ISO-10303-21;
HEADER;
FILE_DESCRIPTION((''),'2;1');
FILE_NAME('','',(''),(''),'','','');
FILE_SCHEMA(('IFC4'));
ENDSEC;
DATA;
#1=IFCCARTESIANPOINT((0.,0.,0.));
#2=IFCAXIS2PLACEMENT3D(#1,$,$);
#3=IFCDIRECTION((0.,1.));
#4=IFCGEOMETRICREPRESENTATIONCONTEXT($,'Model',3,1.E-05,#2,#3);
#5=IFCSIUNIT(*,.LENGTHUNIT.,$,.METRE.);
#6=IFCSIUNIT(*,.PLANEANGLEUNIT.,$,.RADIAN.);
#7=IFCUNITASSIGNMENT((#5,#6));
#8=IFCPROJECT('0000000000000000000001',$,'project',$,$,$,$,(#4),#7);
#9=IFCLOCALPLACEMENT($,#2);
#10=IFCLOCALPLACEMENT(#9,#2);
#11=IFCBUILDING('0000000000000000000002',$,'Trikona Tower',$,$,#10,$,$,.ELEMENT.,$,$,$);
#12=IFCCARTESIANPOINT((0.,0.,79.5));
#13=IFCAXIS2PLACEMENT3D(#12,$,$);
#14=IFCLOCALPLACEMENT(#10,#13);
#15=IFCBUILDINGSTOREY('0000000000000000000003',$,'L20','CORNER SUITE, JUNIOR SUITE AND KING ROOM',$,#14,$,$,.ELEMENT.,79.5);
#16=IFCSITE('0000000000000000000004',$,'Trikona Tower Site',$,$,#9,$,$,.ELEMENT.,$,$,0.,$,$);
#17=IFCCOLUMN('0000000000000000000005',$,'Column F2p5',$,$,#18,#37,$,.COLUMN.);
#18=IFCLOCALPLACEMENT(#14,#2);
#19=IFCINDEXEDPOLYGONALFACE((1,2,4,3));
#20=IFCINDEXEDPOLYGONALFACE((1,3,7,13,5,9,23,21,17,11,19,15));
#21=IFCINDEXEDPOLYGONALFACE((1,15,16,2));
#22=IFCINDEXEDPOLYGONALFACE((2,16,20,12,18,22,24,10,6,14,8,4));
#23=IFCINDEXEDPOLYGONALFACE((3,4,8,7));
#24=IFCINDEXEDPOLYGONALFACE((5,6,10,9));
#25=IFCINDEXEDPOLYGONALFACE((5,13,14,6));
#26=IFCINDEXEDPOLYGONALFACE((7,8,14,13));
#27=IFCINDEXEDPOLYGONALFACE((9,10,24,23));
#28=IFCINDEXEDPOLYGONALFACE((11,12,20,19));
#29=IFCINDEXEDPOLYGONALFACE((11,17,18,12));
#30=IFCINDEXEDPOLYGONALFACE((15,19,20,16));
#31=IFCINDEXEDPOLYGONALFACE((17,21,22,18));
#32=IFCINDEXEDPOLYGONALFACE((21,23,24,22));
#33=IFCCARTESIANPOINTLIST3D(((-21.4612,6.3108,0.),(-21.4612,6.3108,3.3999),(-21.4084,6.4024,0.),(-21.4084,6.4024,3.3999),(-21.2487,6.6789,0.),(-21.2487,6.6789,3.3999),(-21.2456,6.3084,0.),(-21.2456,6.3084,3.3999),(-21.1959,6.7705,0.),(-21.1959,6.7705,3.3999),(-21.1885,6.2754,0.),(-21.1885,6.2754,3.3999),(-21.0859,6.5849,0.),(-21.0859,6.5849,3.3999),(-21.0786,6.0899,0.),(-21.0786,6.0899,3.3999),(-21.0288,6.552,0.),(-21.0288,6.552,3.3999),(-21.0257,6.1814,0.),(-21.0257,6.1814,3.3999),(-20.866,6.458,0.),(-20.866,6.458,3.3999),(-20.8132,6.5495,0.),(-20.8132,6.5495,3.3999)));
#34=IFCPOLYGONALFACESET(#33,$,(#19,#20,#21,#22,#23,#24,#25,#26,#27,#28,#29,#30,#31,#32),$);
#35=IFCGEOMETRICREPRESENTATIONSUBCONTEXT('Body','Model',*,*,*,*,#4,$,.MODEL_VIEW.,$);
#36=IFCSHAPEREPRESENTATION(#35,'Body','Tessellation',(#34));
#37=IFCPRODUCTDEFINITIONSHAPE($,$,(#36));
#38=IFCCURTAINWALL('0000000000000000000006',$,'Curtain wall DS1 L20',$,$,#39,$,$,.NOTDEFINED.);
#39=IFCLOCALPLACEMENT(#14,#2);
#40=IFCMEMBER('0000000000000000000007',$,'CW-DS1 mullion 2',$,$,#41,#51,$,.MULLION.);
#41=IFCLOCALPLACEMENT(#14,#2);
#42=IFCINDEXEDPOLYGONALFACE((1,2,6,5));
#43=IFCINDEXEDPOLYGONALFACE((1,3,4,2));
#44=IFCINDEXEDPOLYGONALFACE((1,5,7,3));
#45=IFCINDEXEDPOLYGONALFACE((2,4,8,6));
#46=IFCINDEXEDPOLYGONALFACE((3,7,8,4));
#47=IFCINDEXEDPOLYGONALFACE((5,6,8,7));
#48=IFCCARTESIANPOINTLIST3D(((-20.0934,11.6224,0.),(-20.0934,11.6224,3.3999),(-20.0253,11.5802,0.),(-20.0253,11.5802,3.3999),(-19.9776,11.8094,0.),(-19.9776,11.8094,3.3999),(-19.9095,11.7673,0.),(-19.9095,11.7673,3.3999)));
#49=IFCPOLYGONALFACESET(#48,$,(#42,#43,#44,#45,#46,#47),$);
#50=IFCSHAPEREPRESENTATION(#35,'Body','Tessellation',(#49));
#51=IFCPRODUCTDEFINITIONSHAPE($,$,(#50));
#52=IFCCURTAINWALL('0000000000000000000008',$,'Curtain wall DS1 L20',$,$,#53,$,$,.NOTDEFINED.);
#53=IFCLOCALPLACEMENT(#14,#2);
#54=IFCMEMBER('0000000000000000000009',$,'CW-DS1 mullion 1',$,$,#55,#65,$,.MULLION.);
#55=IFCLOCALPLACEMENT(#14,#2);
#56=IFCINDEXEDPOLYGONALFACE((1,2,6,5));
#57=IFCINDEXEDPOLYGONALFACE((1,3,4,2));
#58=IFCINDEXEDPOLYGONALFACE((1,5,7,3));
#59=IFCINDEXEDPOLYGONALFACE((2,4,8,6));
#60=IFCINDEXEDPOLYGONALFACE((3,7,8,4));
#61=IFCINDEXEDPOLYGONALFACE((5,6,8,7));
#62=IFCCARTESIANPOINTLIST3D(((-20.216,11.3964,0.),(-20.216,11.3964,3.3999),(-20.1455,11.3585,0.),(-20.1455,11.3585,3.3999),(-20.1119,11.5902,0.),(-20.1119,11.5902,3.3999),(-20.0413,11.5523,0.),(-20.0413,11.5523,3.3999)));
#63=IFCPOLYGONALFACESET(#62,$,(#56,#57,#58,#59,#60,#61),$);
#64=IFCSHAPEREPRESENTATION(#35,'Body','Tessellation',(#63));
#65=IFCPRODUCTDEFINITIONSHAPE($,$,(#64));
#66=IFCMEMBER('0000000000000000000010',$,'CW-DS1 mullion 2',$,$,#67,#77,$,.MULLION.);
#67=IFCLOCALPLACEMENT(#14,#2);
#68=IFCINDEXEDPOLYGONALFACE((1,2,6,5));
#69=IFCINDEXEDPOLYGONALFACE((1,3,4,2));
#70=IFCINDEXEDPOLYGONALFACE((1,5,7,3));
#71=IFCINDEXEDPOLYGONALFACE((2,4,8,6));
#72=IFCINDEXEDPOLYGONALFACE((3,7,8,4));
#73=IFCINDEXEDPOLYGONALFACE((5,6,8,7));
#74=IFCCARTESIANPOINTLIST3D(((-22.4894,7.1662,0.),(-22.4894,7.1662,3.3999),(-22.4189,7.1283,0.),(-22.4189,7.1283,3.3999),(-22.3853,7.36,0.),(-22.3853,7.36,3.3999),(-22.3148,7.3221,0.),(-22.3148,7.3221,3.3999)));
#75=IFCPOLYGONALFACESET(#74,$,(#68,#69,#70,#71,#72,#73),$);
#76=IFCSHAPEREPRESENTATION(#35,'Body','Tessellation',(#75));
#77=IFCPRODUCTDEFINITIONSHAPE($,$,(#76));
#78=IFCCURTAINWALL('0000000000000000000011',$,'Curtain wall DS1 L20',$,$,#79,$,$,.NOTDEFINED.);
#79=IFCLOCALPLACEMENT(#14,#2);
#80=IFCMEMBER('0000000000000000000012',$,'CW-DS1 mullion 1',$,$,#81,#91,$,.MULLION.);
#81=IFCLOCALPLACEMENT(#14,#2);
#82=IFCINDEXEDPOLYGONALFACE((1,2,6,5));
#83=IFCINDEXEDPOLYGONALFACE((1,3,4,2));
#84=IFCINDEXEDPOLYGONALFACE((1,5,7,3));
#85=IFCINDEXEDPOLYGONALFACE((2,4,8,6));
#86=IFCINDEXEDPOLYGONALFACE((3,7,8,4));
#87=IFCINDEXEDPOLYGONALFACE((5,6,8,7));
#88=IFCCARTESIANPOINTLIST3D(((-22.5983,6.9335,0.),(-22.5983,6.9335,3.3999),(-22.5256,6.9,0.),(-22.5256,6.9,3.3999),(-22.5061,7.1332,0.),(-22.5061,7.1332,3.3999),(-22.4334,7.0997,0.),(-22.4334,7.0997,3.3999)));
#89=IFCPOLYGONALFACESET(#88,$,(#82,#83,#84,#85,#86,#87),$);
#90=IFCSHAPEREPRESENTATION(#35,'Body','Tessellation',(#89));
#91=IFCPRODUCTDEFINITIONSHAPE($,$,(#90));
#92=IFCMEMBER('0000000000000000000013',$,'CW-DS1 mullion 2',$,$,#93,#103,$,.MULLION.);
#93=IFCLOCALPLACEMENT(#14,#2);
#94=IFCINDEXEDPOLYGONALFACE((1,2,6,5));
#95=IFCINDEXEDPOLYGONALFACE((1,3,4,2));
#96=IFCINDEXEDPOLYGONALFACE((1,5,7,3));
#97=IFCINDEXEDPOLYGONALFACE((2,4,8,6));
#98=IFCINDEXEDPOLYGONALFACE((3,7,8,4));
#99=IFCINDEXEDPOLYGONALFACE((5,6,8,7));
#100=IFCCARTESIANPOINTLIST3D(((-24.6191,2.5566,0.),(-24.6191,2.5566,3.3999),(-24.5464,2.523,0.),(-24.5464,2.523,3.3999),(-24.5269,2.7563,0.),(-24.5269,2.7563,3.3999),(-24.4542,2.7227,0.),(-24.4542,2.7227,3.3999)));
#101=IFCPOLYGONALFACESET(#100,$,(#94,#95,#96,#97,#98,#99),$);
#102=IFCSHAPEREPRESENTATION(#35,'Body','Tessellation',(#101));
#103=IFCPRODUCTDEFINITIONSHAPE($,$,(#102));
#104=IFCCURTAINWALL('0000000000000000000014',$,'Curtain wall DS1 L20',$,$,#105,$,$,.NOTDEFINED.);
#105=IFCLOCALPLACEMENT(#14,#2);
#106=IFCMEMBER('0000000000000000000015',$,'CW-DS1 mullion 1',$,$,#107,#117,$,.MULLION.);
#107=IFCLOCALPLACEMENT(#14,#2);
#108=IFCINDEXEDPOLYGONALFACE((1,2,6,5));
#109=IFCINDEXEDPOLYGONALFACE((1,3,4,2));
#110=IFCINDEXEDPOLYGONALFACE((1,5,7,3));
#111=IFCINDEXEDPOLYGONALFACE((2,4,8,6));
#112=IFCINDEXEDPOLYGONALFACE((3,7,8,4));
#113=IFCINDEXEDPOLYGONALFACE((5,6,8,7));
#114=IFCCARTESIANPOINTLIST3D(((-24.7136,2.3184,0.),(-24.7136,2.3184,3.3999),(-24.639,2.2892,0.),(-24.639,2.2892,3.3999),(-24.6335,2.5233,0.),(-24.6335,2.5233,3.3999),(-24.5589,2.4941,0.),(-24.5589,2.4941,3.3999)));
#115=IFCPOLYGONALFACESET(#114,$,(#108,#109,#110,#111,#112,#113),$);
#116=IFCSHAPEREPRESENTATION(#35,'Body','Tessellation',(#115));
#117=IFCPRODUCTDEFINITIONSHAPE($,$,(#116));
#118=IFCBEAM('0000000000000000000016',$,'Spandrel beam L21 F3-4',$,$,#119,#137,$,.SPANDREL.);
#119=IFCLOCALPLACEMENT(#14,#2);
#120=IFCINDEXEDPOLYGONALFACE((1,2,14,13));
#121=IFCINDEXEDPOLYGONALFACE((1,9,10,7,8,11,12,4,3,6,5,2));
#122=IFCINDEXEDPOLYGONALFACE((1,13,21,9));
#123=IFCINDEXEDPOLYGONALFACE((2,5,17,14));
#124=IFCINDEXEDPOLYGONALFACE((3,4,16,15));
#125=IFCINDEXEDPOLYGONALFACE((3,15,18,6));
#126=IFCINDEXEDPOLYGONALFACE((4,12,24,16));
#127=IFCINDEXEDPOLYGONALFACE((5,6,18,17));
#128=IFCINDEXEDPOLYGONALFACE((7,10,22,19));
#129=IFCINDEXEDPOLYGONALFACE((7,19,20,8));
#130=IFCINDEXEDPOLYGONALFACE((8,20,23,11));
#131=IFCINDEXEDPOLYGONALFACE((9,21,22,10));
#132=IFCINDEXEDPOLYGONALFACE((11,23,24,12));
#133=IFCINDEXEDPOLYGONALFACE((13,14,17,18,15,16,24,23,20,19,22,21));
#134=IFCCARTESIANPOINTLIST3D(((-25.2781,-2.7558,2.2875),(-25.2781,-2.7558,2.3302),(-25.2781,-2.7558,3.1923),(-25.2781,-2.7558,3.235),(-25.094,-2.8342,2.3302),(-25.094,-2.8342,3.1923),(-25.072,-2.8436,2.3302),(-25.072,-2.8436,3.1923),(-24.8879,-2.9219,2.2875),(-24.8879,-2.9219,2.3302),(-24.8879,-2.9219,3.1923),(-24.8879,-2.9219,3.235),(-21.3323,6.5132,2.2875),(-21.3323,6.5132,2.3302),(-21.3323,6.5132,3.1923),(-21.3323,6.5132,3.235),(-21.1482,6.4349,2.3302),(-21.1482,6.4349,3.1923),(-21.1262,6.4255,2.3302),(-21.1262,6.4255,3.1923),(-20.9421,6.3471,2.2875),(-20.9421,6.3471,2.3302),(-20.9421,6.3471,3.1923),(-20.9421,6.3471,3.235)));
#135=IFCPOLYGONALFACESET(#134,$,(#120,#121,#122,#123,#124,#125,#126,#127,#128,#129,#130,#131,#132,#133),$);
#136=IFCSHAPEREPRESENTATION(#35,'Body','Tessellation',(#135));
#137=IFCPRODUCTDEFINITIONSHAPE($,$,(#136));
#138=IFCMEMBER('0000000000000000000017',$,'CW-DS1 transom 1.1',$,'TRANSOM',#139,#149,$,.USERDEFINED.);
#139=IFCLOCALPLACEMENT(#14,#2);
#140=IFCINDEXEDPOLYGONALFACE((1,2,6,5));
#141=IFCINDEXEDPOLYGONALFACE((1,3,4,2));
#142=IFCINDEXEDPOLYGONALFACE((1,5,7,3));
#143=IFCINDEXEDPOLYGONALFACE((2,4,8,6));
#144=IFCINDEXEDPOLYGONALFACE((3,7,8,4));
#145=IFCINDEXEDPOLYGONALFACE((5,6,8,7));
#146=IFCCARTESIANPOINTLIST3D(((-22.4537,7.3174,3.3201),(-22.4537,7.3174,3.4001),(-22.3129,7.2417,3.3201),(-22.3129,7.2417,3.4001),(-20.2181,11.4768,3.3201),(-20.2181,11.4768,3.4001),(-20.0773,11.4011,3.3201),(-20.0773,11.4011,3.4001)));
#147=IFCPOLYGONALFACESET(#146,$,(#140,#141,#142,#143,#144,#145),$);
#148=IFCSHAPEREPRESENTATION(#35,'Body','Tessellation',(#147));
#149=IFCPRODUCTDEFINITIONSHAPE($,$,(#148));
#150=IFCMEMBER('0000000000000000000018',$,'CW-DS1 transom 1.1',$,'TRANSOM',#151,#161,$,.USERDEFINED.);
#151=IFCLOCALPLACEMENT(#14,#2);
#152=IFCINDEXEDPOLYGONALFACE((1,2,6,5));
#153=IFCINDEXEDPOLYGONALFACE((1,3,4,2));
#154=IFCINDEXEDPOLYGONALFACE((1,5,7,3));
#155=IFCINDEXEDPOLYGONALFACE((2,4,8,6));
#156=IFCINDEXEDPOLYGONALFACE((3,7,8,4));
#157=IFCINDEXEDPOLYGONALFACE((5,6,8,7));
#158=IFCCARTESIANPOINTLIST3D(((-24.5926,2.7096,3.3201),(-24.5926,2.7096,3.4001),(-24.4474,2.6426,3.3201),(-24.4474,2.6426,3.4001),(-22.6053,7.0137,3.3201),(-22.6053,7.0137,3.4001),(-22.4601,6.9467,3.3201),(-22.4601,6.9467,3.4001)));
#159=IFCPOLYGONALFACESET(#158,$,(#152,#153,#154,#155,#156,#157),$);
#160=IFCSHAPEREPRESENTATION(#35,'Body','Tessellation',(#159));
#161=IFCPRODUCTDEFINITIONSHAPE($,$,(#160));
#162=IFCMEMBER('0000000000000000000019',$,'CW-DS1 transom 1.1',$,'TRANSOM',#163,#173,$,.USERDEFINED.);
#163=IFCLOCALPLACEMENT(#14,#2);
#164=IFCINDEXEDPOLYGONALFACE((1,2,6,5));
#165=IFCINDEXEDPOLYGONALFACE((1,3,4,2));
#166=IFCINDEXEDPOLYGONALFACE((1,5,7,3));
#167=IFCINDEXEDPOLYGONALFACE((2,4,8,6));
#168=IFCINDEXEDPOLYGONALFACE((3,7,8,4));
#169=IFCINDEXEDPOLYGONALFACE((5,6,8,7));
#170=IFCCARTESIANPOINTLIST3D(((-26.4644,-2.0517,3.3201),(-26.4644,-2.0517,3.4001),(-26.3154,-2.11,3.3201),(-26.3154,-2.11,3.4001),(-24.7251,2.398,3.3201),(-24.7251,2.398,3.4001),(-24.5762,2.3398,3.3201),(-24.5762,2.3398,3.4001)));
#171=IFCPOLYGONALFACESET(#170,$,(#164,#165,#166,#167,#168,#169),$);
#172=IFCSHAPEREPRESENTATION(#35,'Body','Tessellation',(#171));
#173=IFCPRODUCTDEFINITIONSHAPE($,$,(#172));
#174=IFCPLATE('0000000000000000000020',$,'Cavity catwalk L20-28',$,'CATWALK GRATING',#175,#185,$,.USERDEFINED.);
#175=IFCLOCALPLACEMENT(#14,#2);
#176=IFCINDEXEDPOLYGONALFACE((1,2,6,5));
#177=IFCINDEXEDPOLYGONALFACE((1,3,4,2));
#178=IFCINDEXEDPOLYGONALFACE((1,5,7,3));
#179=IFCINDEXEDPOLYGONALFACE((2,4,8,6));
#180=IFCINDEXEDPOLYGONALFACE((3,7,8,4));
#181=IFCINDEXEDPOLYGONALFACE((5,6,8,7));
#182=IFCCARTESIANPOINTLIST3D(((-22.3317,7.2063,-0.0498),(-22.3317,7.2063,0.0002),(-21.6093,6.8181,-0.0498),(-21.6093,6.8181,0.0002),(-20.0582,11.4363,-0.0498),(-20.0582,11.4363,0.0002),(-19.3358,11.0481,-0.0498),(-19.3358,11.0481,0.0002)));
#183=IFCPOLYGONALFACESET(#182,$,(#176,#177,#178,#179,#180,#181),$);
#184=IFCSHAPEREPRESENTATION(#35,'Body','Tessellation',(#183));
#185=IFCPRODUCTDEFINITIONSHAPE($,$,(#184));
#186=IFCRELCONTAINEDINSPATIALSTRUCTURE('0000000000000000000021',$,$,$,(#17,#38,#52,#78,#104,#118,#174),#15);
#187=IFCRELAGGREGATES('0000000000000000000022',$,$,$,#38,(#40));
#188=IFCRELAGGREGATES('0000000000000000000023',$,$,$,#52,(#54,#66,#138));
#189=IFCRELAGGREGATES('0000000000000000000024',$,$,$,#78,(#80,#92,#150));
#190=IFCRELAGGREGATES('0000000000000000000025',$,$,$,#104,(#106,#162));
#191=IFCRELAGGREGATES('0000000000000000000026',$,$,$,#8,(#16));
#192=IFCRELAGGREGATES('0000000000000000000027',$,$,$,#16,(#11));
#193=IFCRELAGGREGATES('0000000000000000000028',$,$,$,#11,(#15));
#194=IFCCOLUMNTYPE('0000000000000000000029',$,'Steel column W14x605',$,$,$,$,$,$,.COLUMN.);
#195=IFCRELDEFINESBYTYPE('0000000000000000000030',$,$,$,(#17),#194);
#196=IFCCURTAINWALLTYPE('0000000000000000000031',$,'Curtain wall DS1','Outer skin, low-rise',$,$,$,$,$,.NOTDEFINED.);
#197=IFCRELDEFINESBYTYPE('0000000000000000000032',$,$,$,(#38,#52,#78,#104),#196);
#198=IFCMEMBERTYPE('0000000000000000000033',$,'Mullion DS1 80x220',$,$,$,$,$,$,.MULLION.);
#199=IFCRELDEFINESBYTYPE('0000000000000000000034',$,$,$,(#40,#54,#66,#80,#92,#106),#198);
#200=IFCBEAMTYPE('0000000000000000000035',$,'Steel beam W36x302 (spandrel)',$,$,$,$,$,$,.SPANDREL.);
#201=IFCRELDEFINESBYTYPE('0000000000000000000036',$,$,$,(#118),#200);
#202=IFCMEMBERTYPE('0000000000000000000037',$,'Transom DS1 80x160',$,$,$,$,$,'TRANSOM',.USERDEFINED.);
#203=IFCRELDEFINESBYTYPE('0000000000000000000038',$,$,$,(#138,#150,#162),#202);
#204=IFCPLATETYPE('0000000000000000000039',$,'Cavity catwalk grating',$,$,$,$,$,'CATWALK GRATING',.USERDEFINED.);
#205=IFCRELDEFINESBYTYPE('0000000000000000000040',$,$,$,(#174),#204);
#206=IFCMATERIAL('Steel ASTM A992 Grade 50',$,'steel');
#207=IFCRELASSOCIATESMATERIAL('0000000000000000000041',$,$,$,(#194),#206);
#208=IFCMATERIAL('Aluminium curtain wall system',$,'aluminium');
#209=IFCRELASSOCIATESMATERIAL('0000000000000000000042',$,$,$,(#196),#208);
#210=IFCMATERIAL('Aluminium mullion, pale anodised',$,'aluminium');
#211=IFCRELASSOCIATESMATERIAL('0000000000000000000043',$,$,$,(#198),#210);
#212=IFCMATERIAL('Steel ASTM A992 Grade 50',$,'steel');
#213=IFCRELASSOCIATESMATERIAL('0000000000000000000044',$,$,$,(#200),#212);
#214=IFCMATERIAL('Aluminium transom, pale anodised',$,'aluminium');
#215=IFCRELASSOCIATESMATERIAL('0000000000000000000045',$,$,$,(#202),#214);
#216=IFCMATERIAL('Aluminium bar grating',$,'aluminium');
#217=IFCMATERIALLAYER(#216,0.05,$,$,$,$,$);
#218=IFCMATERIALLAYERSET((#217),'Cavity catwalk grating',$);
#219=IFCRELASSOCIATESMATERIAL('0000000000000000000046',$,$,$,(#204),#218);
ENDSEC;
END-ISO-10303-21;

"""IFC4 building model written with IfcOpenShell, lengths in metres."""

from ifc_helpers import new_model, si_unit, direction, frame, origin, origin_2d, place, context, subcontext, project, spatial, rectangle, i_section, extrude, material, layer, layer_set, material_profile, profile_set, type_object, element, aggregate, save


model = new_model("IFC4")

# Units and contexts
model_context = context("Model", 3, precision=1e-05, world=origin(), true_north=direction((0.0, 1.0)))
body_context = subcontext(model_context, "Body", "Model", "MODEL_VIEW")
ifc_project = project(units=[si_unit("LENGTHUNIT", "METRE"), si_unit("PLANEANGLEUNIT", "RADIAN")], contexts=[model_context])

# Site, building, storey
site_placement = place(None, origin())
site = spatial("IfcSite", under=ifc_project, at=site_placement, Name="Trikona Tower Site", CompositionType="ELEMENT", RefElevation=0.0)
building_placement = place(site_placement, origin())
building = spatial("IfcBuilding", under=site, at=building_placement, Name="Trikona Tower", CompositionType="ELEMENT")
storey_placement = place(building_placement, frame((0.0, 0.0, 79.5)))
storey = spatial("IfcBuildingStorey", under=building, at=storey_placement, Name="L20", Description="CORNER SUITE, JUNIOR SUITE AND KING ROOM", CompositionType="ELEMENT", Elevation=79.5)

# Column
ifc_material_1 = material(Name="Steel ASTM A992 Grade 50", Category="steel")
ifc_material_profile_1 = material_profile(ifc_material_1, i_section(OverallWidth=0.4419, OverallDepth=0.5308, WebThickness=0.0659, FlangeThickness=0.1057, at=origin_2d()), Name="W14X605")
ifc_profile_set_1 = profile_set([ifc_material_profile_1], Name="Steel ASTM A992 Grade 50")
column_type = type_object("IfcColumnType", Name="Steel column W14x605", PredefinedType="COLUMN", material=ifc_profile_set_1)
column_placement = place(storey_placement, frame((-21.1372, 6.4302, 0.0), z_axis=(0.0, 0.0, 1.0), x_axis=(-0.866025, 0.5, 0.0)))
element("IfcColumn", 1, at=column_placement, inside=storey, type_object=column_type, Name="Column F2p5", PredefinedType="COLUMN", context=body_context, shape_type="SweptSolid", body=[
    extrude(i_section(OverallWidth=0.4419, OverallDepth=0.5308, WebThickness=0.0659, FlangeThickness=0.1057, at=origin_2d()), origin(), (0.0, 0.0, 1.0), 3.3999),
])

# Curtain wall, member
ifc_material_2 = material(Name="Aluminium curtain wall system", Category="aluminium")
curtain_wall_type = type_object("IfcCurtainWallType", Name="Curtain wall DS1", Description="Outer skin, low-rise", PredefinedType="NOTDEFINED", material=ifc_material_2)
curtain_wall_1_placement = place(storey_placement, origin())
curtain_wall_1 = element("IfcCurtainWall", 2, at=curtain_wall_1_placement, inside=storey, type_object=curtain_wall_type, Name="Curtain wall DS1 L20", PredefinedType="NOTDEFINED")
ifc_material_3 = material(Name="Aluminium mullion, pale anodised", Category="aluminium")
ifc_material_profile_2 = material_profile(ifc_material_3, rectangle(XDim=0.0801, YDim=0.22, at=origin_2d()), Name="MUL-DS1")
ifc_profile_set_2 = profile_set([ifc_material_profile_2], Name="Aluminium mullion, pale anodised")
member_type_1 = type_object("IfcMemberType", Name="Mullion DS1 80x220", PredefinedType="MULLION", material=ifc_profile_set_2)
member_1_placement = place(storey_placement, frame((-20.0015, 11.6948, 0.0), z_axis=(0.0, 0.0, 1.0), x_axis=(0.85041, -0.52612, 0.0)))
member_1 = element("IfcMember", 3, at=member_1_placement, type_object=member_type_1, Name="CW-DS1 mullion 2", PredefinedType="MULLION", context=body_context, shape_type="SweptSolid", body=[
    extrude(rectangle(XDim=0.0801, YDim=0.22, at=origin_2d()), origin(), (0.0, 0.0, 1.0), 3.3999),
])
aggregate(curtain_wall_1, [member_1])

# Curtain walls, members
curtain_wall_2_placement = place(storey_placement, origin())
curtain_wall_2 = element("IfcCurtainWall", 4, at=curtain_wall_2_placement, inside=storey, type_object=curtain_wall_type, Name="Curtain wall DS1 L20", PredefinedType="NOTDEFINED")
member_2_placement = place(storey_placement, frame((-20.1287, 11.4744, 0.0), z_axis=(0.0, 0.0, 1.0), x_axis=(0.880843, -0.473408, 0.0)))
member_2 = element("IfcMember", 5, at=member_2_placement, type_object=member_type_1, Name="CW-DS1 mullion 1", PredefinedType="MULLION", context=body_context, shape_type="SweptSolid", body=[
    extrude(rectangle(XDim=0.0801, YDim=0.22, at=origin_2d()), origin(), (0.0, 0.0, 1.0), 3.3999),
])
member_3_placement = place(storey_placement, frame((-22.4021, 7.2441, 0.0), z_axis=(0.0, 0.0, 1.0), x_axis=(0.880843, -0.473408, 0.0)))
member_3 = element("IfcMember", 6, at=member_3_placement, type_object=member_type_1, Name="CW-DS1 mullion 2", PredefinedType="MULLION", context=body_context, shape_type="SweptSolid", body=[
    extrude(rectangle(XDim=0.0801, YDim=0.22, at=origin_2d()), origin(), (0.0, 0.0, 1.0), 3.3999),
])
curtain_wall_3_placement = place(storey_placement, origin())
curtain_wall_3 = element("IfcCurtainWall", 7, at=curtain_wall_3_placement, inside=storey, type_object=curtain_wall_type, Name="Curtain wall DS1 L20", PredefinedType="NOTDEFINED")
member_4_placement = place(storey_placement, frame((-22.5159, 7.0166, 0.0), z_axis=(0.0, 0.0, 1.0), x_axis=(0.907898, -0.41919, 0.0)))
member_4 = element("IfcMember", 8, at=member_4_placement, type_object=member_type_1, Name="CW-DS1 mullion 1", PredefinedType="MULLION", context=body_context, shape_type="SweptSolid", body=[
    extrude(rectangle(XDim=0.0801, YDim=0.22, at=origin_2d()), origin(), (0.0, 0.0, 1.0), 3.3999),
])
member_5_placement = place(storey_placement, frame((-24.5366, 2.6396, 0.0), z_axis=(0.0, 0.0, 1.0), x_axis=(0.907898, -0.41919, 0.0)))
member_5 = element("IfcMember", 9, at=member_5_placement, type_object=member_type_1, Name="CW-DS1 mullion 2", PredefinedType="MULLION", context=body_context, shape_type="SweptSolid", body=[
    extrude(rectangle(XDim=0.0801, YDim=0.22, at=origin_2d()), origin(), (0.0, 0.0, 1.0), 3.3999),
])

# Curtain wall, member
curtain_wall_4_placement = place(storey_placement, origin())
curtain_wall_4 = element("IfcCurtainWall", 10, at=curtain_wall_4_placement, inside=storey, type_object=curtain_wall_type, Name="Curtain wall DS1 L20", PredefinedType="NOTDEFINED")
member_6_placement = place(storey_placement, frame((-24.6362, 2.4062, 0.0), z_axis=(0.0, 0.0, 1.0), x_axis=(0.931396, -0.364008, 0.0)))
member_6 = element("IfcMember", 11, at=member_6_placement, type_object=member_type_1, Name="CW-DS1 mullion 1", PredefinedType="MULLION", context=body_context, shape_type="SweptSolid", body=[
    extrude(rectangle(XDim=0.0801, YDim=0.22, at=origin_2d()), origin(), (0.0, 0.0, 1.0), 3.3999),
])

# Beam
ifc_material_4 = material(Name="Steel ASTM A992 Grade 50", Category="steel")
ifc_material_profile_3 = material_profile(ifc_material_4, i_section(OverallWidth=0.4241, OverallDepth=0.9475, WebThickness=0.0239, FlangeThickness=0.0427, at=origin_2d()), Name="W36X302")
ifc_profile_set_3 = profile_set([ifc_material_profile_3], Name="Steel ASTM A992 Grade 50")
beam_type = type_object("IfcBeamType", Name="Steel beam W36x302 (spandrel)", PredefinedType="SPANDREL", material=ifc_profile_set_3)
beam_placement = place(storey_placement, frame((-21.1372, 6.4302, 2.7612), z_axis=(-0.391684, -0.9201, 0.0), x_axis=(0.9201, -0.391684, 0.0)))
element("IfcBeam", 12, at=beam_placement, inside=storey, type_object=beam_type, Name="Spandrel beam L21 F3-4", PredefinedType="SPANDREL", context=body_context, shape_type="SweptSolid", body=[
    extrude(i_section(OverallWidth=0.4241, OverallDepth=0.9475, WebThickness=0.0239, FlangeThickness=0.0427, at=origin_2d()), origin(), (0.0, 0.0, 1.0), 10.074),
])

# Members
ifc_material_5 = material(Name="Aluminium transom, pale anodised", Category="aluminium")
ifc_material_profile_4 = material_profile(ifc_material_5, rectangle(XDim=0.1599, YDim=0.0801, at=origin_2d()), Name="TRN-DS1")
ifc_profile_set_4 = profile_set([ifc_material_profile_4], Name="Aluminium transom, pale anodised")
member_type_2 = type_object("IfcMemberType", Name="Transom DS1 80x160", ElementType="TRANSOM", PredefinedType="USERDEFINED", material=ifc_profile_set_4)
member_7_placement = place(storey_placement, frame((-20.1477, 11.439, 3.3601), z_axis=(-0.473428, -0.880833, 0.0), x_axis=(0.880833, -0.473428, 0.0)))
member_7 = element("IfcMember", 13, at=member_7_placement, type_object=member_type_2, Name="CW-DS1 transom 1.1", ObjectType="TRANSOM", PredefinedType="USERDEFINED", context=body_context, shape_type="SweptSolid", body=[
    extrude(rectangle(XDim=0.1599, YDim=0.0801, at=origin_2d()), origin(), (0.0, 0.0, 1.0), 4.7222),
])
member_8_placement = place(storey_placement, frame((-22.5327, 6.9802, 3.3601), z_axis=(-0.419189, -0.907899, 0.0), x_axis=(0.907899, -0.419189, 0.0)))
member_8 = element("IfcMember", 14, at=member_8_placement, type_object=member_type_2, Name="CW-DS1 transom 1.1", ObjectType="TRANSOM", PredefinedType="USERDEFINED", context=body_context, shape_type="SweptSolid", body=[
    extrude(rectangle(XDim=0.1599, YDim=0.0801, at=origin_2d()), origin(), (0.0, 0.0, 1.0), 4.7407),
])
member_9_placement = place(storey_placement, frame((-24.6506, 2.3689, 3.3601), z_axis=(-0.364049, -0.93138, 0.0), x_axis=(0.93138, -0.364049, 0.0)))
member_9 = element("IfcMember", 15, at=member_9_placement, type_object=member_type_2, Name="CW-DS1 transom 1.1", ObjectType="TRANSOM", PredefinedType="USERDEFINED", context=body_context, shape_type="SweptSolid", body=[
    extrude(rectangle(XDim=0.1599, YDim=0.0801, at=origin_2d()), origin(), (0.0, 0.0, 1.0), 4.7776),
])

# Plate
ifc_material_6 = material(Name="Aluminium bar grating", Category="aluminium")
ifc_layer_1 = layer(ifc_material_6, 0.05)
ifc_layer_set_1 = layer_set([ifc_layer_1], Name="Cavity catwalk grating")
plate_type_1 = type_object("IfcPlateType", Name="Cavity catwalk grating", ElementType="CATWALK GRATING", PredefinedType="USERDEFINED", material=ifc_layer_set_1)
plate_1_placement = place(storey_placement, frame((-20.8337, 9.1272, -0.0498), z_axis=(0.0, 0.0, 1.0), x_axis=(-0.473423, -0.880835, 0.0)))
element("IfcPlate", 16, at=plate_1_placement, inside=storey, type_object=plate_type_1, Name="Cavity catwalk L20-28", ObjectType="CATWALK GRATING", PredefinedType="USERDEFINED", context=body_context, shape_type="SweptSolid", body=[
    extrude(rectangle(XDim=4.8022, YDim=0.8201, at=origin_2d()), origin(), (0.0, 0.0, 1.0), 0.05),
])

aggregate(curtain_wall_2, [member_2, member_3, member_7])
aggregate(curtain_wall_3, [member_4, member_5, member_8])
aggregate(curtain_wall_4, [member_6, member_9])

save(model, "model.ifc")
